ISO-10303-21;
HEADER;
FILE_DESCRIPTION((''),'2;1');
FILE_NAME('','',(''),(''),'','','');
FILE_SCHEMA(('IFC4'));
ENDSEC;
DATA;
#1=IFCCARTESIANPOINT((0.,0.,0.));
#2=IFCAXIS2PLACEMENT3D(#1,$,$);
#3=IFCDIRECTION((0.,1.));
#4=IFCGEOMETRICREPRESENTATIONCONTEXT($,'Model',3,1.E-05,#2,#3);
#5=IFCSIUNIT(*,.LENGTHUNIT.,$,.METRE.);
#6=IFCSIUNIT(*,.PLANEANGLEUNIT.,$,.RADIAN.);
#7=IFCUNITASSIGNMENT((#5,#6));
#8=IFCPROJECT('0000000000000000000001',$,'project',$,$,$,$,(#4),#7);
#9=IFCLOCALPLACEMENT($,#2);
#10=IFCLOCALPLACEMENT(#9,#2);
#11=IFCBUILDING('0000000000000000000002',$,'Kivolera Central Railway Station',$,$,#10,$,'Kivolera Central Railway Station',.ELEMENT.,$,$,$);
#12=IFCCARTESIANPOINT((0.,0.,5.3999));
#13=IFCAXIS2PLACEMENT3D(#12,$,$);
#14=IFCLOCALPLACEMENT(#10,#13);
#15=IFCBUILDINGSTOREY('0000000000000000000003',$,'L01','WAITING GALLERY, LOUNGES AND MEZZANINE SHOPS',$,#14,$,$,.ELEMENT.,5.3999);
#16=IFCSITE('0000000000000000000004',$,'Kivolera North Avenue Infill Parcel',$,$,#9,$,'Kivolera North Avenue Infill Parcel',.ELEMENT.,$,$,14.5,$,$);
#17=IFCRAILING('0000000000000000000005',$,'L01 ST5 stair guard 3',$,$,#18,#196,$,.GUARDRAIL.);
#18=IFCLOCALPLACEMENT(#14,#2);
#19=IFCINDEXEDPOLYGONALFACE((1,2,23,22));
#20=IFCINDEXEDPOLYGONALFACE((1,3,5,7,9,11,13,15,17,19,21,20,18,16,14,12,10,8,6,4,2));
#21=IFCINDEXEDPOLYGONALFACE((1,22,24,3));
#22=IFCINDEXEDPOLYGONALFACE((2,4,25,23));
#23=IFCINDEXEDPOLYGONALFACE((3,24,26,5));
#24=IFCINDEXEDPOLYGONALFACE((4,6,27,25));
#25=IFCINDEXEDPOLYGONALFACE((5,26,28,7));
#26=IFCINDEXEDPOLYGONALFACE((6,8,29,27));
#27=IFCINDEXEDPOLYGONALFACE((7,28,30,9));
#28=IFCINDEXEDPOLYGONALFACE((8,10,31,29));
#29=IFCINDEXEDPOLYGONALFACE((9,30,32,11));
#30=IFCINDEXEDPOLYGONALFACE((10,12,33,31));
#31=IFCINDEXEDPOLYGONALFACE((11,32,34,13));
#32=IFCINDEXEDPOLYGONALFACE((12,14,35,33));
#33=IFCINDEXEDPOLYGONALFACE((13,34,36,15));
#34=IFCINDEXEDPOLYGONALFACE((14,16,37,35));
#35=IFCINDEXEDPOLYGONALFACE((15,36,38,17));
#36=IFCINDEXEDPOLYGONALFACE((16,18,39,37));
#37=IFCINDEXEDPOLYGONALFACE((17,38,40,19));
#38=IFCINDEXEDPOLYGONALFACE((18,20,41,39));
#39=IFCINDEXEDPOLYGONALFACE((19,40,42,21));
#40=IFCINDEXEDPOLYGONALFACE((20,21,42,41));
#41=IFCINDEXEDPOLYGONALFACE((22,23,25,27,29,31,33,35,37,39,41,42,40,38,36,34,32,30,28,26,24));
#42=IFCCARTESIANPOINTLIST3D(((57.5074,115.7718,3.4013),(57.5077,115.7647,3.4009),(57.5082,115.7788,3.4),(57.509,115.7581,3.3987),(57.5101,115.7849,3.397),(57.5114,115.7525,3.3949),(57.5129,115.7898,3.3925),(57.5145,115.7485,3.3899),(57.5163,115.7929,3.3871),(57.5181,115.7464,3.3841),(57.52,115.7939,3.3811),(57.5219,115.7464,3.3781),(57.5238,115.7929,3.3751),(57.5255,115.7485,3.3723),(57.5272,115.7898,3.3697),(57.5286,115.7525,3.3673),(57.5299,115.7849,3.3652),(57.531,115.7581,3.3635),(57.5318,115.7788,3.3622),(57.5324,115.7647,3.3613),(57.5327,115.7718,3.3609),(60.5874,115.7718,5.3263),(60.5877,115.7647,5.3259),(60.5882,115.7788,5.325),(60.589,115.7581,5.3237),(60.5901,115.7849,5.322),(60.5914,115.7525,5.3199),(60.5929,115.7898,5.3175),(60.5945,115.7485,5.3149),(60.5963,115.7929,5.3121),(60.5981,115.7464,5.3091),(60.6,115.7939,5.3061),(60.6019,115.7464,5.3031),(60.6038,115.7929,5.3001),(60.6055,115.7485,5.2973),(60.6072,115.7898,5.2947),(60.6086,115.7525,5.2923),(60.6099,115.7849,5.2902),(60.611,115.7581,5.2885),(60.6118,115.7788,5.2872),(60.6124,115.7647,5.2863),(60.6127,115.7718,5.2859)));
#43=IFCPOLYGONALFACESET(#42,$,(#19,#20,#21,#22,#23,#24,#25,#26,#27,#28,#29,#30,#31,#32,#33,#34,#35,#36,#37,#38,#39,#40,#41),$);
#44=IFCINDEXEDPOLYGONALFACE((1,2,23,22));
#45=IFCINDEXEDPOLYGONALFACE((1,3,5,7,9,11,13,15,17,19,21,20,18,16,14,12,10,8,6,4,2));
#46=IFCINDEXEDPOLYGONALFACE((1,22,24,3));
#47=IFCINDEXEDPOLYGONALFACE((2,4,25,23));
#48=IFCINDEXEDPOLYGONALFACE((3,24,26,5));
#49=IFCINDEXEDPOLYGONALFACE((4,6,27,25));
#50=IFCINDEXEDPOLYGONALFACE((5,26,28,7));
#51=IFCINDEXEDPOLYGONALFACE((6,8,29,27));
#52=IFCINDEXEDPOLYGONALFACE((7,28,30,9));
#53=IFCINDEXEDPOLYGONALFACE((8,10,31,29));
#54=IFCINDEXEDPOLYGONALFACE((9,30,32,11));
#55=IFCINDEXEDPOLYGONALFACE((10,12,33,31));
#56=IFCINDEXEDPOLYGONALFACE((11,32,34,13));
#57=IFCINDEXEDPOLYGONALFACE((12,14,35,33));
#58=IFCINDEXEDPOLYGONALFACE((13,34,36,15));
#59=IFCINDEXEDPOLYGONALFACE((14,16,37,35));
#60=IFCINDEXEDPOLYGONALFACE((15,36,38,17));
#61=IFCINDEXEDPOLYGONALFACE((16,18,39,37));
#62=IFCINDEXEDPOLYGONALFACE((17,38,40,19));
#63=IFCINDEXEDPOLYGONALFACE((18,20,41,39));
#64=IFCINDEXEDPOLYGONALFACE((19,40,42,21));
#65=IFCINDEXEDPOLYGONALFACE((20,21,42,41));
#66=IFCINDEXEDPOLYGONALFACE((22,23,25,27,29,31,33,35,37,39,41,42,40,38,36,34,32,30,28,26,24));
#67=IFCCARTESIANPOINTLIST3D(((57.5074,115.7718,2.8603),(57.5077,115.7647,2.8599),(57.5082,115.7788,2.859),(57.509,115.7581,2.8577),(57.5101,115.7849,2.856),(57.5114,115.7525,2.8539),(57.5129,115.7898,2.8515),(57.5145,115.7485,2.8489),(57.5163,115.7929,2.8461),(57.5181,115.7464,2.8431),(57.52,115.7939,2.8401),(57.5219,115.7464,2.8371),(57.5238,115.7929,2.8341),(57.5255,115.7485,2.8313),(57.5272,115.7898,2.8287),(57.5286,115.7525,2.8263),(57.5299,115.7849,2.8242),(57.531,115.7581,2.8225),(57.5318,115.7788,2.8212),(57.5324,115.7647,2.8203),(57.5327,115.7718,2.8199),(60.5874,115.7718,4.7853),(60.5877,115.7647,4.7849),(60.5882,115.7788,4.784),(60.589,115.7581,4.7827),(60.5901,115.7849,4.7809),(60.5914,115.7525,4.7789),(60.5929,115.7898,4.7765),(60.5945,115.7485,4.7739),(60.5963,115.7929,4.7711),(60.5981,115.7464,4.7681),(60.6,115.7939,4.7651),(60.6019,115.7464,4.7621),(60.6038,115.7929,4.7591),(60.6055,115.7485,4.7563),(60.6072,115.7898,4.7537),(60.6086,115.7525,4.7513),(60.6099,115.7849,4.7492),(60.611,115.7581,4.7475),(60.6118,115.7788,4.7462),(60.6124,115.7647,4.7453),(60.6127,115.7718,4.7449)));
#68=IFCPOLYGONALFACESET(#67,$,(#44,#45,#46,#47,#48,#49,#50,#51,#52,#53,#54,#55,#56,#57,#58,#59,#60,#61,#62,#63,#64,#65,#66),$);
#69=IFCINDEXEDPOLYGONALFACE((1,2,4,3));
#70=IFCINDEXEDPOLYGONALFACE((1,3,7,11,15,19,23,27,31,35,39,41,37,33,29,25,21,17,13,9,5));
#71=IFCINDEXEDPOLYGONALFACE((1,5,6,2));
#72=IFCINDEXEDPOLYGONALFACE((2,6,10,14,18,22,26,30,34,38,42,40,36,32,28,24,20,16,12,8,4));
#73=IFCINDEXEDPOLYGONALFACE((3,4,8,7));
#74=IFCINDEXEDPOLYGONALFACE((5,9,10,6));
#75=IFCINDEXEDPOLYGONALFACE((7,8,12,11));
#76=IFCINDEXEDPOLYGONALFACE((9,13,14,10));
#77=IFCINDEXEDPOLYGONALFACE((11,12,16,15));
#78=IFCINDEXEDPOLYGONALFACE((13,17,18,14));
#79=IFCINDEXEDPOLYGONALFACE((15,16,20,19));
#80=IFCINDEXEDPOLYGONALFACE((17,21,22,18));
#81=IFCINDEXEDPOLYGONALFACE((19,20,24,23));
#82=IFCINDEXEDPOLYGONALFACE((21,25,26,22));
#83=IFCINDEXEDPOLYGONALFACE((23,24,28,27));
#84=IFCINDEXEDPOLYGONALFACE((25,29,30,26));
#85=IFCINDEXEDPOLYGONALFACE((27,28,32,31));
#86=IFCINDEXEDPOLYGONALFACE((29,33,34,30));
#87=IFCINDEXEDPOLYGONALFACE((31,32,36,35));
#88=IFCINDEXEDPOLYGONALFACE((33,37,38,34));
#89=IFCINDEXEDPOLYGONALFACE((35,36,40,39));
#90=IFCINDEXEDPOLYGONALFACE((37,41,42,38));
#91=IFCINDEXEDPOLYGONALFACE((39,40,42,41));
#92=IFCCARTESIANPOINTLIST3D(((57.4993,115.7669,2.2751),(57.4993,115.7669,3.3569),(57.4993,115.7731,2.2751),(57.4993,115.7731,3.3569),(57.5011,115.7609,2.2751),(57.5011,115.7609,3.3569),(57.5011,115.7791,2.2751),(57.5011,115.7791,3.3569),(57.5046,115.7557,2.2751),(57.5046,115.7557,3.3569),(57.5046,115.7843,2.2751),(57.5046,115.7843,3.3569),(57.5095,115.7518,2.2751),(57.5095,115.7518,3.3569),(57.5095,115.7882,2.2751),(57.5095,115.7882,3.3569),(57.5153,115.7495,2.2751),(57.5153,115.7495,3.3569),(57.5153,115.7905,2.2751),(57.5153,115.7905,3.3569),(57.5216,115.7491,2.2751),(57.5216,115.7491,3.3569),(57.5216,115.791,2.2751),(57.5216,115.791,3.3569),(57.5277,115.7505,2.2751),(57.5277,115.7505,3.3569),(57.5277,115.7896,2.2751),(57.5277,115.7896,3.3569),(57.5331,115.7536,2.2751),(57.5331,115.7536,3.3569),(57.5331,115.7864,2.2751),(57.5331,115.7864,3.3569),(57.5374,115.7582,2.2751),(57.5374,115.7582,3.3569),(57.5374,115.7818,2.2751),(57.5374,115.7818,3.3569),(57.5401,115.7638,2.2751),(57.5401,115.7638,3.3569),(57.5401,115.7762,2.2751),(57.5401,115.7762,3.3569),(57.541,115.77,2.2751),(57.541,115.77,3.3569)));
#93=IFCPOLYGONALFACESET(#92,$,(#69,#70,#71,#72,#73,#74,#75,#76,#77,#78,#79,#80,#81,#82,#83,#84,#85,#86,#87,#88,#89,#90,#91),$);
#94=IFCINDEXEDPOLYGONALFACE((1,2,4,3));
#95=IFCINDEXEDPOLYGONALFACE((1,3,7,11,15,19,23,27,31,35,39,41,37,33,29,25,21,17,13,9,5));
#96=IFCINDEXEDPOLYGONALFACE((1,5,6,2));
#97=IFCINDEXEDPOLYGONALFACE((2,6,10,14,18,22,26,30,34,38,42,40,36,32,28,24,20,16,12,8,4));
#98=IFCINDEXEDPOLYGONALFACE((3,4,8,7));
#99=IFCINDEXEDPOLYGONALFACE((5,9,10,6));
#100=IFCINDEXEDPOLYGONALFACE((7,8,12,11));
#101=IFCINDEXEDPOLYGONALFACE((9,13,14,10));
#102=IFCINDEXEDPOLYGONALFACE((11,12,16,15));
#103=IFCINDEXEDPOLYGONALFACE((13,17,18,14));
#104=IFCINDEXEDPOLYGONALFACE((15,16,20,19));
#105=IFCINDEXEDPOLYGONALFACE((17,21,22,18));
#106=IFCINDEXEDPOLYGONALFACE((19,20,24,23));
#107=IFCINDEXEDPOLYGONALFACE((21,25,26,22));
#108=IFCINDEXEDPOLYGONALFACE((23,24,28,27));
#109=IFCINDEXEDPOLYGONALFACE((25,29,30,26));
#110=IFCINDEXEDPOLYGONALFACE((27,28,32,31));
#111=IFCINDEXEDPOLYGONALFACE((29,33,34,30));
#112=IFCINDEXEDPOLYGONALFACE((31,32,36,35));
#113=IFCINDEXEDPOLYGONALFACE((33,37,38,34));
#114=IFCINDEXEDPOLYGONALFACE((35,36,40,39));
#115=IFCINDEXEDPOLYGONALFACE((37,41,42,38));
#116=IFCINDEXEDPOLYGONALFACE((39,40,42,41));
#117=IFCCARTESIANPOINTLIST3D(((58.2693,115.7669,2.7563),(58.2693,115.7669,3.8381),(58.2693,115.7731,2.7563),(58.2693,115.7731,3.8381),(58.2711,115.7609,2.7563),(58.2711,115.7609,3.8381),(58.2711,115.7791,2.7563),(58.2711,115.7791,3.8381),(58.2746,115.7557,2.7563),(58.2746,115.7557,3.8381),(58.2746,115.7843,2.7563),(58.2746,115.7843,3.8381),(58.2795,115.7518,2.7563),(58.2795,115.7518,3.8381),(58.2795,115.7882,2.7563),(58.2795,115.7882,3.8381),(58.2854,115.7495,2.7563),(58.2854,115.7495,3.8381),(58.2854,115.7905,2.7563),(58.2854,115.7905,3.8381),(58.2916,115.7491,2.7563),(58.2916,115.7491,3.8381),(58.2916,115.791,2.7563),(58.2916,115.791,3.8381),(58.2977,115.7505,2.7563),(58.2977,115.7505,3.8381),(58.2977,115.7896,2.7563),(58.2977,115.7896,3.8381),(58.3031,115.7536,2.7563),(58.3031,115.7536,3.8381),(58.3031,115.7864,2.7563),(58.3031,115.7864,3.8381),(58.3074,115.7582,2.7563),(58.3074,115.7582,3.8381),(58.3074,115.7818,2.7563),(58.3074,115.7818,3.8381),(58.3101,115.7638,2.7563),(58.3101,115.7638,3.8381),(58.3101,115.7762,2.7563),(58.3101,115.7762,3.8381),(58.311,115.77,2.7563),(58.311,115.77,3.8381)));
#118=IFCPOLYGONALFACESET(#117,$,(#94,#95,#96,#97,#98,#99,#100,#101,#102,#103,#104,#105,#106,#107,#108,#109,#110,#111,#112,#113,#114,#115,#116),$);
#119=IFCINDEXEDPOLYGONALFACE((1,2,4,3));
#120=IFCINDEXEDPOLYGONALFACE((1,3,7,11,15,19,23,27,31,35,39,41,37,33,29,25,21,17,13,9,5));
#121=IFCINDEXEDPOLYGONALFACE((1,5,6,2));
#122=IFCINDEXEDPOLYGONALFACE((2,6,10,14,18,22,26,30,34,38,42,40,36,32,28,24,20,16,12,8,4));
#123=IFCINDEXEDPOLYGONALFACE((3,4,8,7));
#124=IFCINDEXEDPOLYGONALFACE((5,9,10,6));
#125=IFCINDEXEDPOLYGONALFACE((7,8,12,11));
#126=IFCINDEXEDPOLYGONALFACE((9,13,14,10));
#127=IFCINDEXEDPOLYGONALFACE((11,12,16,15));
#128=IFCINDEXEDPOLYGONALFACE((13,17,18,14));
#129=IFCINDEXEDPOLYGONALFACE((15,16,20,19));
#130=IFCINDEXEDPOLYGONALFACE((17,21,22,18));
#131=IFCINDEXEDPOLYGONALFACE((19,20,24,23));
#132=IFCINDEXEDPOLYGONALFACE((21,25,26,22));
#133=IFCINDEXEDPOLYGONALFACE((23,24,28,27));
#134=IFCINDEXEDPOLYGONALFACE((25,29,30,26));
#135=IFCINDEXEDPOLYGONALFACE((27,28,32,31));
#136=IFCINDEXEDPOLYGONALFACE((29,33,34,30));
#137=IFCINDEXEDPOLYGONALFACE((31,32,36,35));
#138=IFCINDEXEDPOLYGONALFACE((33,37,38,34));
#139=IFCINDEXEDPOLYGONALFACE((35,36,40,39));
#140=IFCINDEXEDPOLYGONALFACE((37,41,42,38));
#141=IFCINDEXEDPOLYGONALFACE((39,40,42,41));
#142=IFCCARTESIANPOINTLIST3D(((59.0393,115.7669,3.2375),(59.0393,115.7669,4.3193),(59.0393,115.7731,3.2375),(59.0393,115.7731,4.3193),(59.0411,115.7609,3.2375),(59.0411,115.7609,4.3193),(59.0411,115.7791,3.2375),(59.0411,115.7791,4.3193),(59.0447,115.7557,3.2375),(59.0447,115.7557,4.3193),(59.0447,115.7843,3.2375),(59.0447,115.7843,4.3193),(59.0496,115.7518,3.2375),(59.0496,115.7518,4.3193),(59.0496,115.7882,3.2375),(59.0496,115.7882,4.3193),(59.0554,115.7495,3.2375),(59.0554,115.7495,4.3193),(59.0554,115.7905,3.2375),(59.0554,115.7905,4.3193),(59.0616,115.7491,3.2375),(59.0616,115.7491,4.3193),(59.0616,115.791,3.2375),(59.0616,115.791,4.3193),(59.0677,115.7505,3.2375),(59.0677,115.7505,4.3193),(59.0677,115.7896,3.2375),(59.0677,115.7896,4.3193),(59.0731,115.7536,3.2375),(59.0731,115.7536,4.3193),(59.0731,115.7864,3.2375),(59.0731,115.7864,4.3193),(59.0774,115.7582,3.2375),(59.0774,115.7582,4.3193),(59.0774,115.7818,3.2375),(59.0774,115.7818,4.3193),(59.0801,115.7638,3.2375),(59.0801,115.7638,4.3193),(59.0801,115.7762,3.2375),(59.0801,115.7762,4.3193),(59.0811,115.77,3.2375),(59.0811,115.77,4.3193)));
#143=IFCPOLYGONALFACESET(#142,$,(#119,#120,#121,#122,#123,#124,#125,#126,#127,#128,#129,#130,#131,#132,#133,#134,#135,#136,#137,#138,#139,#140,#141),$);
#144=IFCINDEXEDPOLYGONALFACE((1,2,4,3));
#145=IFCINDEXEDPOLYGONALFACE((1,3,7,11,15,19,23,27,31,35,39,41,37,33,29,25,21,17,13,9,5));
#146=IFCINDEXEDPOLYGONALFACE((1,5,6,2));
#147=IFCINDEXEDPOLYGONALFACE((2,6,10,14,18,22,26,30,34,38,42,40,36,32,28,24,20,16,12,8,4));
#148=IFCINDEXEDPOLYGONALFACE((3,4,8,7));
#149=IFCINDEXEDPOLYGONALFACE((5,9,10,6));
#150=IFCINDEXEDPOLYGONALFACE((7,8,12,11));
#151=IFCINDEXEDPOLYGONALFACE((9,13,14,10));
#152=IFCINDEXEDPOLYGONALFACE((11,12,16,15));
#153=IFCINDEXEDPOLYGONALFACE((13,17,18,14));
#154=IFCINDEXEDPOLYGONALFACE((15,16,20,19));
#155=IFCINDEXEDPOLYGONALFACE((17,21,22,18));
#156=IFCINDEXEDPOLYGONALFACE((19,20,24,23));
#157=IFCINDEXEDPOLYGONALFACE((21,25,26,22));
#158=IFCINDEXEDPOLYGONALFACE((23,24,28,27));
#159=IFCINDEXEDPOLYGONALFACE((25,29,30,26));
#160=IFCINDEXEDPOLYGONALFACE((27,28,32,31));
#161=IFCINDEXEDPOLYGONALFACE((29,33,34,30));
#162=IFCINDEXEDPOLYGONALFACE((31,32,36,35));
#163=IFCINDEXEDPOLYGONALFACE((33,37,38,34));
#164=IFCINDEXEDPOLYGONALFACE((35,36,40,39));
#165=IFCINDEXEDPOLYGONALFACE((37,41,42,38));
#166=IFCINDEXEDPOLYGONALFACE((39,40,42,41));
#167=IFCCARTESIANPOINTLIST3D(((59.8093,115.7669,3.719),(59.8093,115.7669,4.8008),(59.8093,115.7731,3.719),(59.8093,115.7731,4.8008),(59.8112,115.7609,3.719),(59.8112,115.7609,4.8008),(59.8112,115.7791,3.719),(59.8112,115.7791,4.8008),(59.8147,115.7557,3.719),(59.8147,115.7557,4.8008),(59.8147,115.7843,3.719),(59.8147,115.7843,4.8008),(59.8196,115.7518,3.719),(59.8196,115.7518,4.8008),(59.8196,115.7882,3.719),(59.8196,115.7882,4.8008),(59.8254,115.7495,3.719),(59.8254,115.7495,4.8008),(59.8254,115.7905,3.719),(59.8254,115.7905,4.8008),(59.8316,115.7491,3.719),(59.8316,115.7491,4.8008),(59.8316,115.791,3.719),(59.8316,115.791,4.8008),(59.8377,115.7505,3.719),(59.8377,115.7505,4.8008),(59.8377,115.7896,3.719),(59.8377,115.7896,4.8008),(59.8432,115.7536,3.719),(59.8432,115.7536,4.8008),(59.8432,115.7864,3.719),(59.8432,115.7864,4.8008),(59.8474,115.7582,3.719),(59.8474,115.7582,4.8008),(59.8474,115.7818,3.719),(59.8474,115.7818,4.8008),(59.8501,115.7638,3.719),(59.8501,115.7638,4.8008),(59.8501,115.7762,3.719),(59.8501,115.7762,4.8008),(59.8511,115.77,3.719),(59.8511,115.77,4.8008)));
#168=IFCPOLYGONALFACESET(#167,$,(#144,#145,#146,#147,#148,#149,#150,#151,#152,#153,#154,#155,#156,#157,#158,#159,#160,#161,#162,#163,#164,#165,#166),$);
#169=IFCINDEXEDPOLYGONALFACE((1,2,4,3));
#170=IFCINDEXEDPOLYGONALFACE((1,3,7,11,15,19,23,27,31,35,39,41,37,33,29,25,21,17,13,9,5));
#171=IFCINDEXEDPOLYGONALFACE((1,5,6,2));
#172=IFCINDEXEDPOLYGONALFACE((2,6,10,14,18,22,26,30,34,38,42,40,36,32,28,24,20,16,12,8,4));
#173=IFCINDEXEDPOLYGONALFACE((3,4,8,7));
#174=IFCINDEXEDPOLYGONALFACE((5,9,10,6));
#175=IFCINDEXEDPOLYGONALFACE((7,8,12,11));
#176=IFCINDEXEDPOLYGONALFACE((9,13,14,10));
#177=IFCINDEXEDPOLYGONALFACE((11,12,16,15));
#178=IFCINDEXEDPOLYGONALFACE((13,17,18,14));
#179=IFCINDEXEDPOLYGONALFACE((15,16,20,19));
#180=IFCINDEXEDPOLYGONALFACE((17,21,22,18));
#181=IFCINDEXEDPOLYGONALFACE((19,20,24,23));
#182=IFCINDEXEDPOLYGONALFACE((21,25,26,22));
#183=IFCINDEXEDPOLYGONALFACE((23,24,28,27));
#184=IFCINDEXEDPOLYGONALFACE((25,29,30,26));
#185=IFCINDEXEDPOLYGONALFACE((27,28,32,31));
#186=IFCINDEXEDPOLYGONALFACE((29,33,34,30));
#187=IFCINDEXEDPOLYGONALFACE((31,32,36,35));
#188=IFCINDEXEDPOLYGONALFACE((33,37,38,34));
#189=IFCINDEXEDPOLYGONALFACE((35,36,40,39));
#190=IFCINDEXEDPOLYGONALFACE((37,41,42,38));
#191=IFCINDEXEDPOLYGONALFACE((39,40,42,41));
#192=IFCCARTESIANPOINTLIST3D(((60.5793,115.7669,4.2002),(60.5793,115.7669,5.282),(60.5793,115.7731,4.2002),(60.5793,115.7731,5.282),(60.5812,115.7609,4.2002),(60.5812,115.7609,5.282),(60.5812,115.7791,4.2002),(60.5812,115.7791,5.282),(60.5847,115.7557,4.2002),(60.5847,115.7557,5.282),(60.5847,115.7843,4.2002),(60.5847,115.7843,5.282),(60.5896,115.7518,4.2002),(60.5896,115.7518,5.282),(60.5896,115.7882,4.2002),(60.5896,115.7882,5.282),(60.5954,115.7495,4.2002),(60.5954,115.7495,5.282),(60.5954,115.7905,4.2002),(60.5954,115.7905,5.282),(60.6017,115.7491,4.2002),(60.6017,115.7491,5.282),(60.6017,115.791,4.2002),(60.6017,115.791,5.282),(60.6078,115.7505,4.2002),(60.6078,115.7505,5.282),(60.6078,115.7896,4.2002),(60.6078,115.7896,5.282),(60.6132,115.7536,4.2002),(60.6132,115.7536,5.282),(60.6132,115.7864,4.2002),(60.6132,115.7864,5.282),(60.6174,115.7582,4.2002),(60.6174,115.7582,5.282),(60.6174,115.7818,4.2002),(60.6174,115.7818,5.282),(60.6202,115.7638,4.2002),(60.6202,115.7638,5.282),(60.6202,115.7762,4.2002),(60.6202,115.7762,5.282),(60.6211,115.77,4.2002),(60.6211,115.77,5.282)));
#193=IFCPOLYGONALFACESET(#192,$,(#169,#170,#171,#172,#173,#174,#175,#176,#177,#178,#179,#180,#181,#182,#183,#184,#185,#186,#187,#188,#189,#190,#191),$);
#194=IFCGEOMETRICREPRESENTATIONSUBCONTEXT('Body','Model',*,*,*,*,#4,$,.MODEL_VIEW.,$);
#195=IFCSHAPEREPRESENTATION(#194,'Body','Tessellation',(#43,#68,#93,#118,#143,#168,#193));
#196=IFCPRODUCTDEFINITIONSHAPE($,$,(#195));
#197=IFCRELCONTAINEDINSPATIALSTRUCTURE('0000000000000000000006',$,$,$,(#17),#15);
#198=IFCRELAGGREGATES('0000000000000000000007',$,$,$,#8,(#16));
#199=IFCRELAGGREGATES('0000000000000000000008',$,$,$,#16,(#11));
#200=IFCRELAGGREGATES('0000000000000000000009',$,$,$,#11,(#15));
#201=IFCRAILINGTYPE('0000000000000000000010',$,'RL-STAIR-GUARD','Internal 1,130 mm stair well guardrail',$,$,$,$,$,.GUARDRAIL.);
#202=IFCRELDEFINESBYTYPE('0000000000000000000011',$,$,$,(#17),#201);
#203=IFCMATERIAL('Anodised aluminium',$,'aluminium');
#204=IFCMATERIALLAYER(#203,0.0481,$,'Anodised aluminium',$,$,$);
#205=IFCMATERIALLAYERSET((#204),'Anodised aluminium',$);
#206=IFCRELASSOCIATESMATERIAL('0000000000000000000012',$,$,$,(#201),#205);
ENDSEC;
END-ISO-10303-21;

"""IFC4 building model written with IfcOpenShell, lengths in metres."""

from ifc_helpers import new_model, si_unit, direction, frame, origin, origin_2d, place, context, subcontext, project, spatial, circle, extrude, material, layer, layer_set, type_object, element, save


model = new_model("IFC4")

# Units and contexts
model_context = context("Model", 3, precision=1e-05, world=origin(), true_north=direction((0.0, 1.0)))
body_context = subcontext(model_context, "Body", "Model", "MODEL_VIEW")
ifc_project = project(units=[si_unit("LENGTHUNIT", "METRE"), si_unit("PLANEANGLEUNIT", "RADIAN")], contexts=[model_context])

# Site, building, storey
site_placement = place(None, origin())
site = spatial("IfcSite", under=ifc_project, at=site_placement, Name="Kivolera North Avenue Infill Parcel", LongName="Kivolera North Avenue Infill Parcel", CompositionType="ELEMENT", RefElevation=14.5)
building_placement = place(site_placement, origin())
building = spatial("IfcBuilding", under=site, at=building_placement, Name="Kivolera Central Railway Station", LongName="Kivolera Central Railway Station", CompositionType="ELEMENT")
storey_placement = place(building_placement, frame((0.0, 0.0, 5.3999)))
storey = spatial("IfcBuildingStorey", under=building, at=storey_placement, Name="L01", Description="WAITING GALLERY, LOUNGES AND MEZZANINE SHOPS", CompositionType="ELEMENT", Elevation=5.3999)

# Shared definitions
ifc_material_1 = material(Name="Anodised aluminium", Category="aluminium")

# Railing
ifc_layer_1 = layer(ifc_material_1, 0.0481, Name="Anodised aluminium")
ifc_layer_set_1 = layer_set([ifc_layer_1], Name="Anodised aluminium")
railing_type_1 = type_object("IfcRailingType", Name="RL-STAIR-GUARD", Description="Internal 1,130 mm stair well guardrail", PredefinedType="GUARDRAIL", material=ifc_layer_set_1)
railing_1_placement = place(storey_placement, frame((57.52, 115.77, 2.2751)))
element("IfcRailing", 1, at=railing_1_placement, inside=storey, type_object=railing_type_1, Name="L01 ST5 stair guard 3", PredefinedType="GUARDRAIL", context=body_context, shape_type="SweptSolid", body=[
    extrude(circle(Radius=0.0239, at=origin_2d()), frame((0.0, 0.0, 1.106), z_axis=(0.847998, 0.0, 0.529999), x_axis=(0.0, 1.0, 0.0)), (0.0, 0.0, 1.0), 3.6321),
    extrude(circle(Radius=0.0239, at=origin_2d()), frame((0.0, 0.0, 0.5649), z_axis=(0.847998, 0.0, 0.529999), x_axis=(0.0, 1.0, 0.0)), (0.0, 0.0, 1.0), 3.6321),
    extrude(circle(Radius=0.021, at=origin_2d()), origin(), (0.0, 0.0, 1.0), 1.0818),
    extrude(circle(Radius=0.021, at=origin_2d()), frame((0.77, 0.0, 0.4812)), (0.0, 0.0, 1.0), 1.0818),
    extrude(circle(Radius=0.021, at=origin_2d()), frame((1.54, 0.0, 0.9624)), (0.0, 0.0, 1.0), 1.0818),
    extrude(circle(Radius=0.021, at=origin_2d()), frame((2.3101, 0.0, 1.4438)), (0.0, 0.0, 1.0), 1.0818),
    extrude(circle(Radius=0.021, at=origin_2d()), frame((3.0801, 0.0, 1.925)), (0.0, 0.0, 1.0), 1.0818),
])

save(model, "model.ifc")
